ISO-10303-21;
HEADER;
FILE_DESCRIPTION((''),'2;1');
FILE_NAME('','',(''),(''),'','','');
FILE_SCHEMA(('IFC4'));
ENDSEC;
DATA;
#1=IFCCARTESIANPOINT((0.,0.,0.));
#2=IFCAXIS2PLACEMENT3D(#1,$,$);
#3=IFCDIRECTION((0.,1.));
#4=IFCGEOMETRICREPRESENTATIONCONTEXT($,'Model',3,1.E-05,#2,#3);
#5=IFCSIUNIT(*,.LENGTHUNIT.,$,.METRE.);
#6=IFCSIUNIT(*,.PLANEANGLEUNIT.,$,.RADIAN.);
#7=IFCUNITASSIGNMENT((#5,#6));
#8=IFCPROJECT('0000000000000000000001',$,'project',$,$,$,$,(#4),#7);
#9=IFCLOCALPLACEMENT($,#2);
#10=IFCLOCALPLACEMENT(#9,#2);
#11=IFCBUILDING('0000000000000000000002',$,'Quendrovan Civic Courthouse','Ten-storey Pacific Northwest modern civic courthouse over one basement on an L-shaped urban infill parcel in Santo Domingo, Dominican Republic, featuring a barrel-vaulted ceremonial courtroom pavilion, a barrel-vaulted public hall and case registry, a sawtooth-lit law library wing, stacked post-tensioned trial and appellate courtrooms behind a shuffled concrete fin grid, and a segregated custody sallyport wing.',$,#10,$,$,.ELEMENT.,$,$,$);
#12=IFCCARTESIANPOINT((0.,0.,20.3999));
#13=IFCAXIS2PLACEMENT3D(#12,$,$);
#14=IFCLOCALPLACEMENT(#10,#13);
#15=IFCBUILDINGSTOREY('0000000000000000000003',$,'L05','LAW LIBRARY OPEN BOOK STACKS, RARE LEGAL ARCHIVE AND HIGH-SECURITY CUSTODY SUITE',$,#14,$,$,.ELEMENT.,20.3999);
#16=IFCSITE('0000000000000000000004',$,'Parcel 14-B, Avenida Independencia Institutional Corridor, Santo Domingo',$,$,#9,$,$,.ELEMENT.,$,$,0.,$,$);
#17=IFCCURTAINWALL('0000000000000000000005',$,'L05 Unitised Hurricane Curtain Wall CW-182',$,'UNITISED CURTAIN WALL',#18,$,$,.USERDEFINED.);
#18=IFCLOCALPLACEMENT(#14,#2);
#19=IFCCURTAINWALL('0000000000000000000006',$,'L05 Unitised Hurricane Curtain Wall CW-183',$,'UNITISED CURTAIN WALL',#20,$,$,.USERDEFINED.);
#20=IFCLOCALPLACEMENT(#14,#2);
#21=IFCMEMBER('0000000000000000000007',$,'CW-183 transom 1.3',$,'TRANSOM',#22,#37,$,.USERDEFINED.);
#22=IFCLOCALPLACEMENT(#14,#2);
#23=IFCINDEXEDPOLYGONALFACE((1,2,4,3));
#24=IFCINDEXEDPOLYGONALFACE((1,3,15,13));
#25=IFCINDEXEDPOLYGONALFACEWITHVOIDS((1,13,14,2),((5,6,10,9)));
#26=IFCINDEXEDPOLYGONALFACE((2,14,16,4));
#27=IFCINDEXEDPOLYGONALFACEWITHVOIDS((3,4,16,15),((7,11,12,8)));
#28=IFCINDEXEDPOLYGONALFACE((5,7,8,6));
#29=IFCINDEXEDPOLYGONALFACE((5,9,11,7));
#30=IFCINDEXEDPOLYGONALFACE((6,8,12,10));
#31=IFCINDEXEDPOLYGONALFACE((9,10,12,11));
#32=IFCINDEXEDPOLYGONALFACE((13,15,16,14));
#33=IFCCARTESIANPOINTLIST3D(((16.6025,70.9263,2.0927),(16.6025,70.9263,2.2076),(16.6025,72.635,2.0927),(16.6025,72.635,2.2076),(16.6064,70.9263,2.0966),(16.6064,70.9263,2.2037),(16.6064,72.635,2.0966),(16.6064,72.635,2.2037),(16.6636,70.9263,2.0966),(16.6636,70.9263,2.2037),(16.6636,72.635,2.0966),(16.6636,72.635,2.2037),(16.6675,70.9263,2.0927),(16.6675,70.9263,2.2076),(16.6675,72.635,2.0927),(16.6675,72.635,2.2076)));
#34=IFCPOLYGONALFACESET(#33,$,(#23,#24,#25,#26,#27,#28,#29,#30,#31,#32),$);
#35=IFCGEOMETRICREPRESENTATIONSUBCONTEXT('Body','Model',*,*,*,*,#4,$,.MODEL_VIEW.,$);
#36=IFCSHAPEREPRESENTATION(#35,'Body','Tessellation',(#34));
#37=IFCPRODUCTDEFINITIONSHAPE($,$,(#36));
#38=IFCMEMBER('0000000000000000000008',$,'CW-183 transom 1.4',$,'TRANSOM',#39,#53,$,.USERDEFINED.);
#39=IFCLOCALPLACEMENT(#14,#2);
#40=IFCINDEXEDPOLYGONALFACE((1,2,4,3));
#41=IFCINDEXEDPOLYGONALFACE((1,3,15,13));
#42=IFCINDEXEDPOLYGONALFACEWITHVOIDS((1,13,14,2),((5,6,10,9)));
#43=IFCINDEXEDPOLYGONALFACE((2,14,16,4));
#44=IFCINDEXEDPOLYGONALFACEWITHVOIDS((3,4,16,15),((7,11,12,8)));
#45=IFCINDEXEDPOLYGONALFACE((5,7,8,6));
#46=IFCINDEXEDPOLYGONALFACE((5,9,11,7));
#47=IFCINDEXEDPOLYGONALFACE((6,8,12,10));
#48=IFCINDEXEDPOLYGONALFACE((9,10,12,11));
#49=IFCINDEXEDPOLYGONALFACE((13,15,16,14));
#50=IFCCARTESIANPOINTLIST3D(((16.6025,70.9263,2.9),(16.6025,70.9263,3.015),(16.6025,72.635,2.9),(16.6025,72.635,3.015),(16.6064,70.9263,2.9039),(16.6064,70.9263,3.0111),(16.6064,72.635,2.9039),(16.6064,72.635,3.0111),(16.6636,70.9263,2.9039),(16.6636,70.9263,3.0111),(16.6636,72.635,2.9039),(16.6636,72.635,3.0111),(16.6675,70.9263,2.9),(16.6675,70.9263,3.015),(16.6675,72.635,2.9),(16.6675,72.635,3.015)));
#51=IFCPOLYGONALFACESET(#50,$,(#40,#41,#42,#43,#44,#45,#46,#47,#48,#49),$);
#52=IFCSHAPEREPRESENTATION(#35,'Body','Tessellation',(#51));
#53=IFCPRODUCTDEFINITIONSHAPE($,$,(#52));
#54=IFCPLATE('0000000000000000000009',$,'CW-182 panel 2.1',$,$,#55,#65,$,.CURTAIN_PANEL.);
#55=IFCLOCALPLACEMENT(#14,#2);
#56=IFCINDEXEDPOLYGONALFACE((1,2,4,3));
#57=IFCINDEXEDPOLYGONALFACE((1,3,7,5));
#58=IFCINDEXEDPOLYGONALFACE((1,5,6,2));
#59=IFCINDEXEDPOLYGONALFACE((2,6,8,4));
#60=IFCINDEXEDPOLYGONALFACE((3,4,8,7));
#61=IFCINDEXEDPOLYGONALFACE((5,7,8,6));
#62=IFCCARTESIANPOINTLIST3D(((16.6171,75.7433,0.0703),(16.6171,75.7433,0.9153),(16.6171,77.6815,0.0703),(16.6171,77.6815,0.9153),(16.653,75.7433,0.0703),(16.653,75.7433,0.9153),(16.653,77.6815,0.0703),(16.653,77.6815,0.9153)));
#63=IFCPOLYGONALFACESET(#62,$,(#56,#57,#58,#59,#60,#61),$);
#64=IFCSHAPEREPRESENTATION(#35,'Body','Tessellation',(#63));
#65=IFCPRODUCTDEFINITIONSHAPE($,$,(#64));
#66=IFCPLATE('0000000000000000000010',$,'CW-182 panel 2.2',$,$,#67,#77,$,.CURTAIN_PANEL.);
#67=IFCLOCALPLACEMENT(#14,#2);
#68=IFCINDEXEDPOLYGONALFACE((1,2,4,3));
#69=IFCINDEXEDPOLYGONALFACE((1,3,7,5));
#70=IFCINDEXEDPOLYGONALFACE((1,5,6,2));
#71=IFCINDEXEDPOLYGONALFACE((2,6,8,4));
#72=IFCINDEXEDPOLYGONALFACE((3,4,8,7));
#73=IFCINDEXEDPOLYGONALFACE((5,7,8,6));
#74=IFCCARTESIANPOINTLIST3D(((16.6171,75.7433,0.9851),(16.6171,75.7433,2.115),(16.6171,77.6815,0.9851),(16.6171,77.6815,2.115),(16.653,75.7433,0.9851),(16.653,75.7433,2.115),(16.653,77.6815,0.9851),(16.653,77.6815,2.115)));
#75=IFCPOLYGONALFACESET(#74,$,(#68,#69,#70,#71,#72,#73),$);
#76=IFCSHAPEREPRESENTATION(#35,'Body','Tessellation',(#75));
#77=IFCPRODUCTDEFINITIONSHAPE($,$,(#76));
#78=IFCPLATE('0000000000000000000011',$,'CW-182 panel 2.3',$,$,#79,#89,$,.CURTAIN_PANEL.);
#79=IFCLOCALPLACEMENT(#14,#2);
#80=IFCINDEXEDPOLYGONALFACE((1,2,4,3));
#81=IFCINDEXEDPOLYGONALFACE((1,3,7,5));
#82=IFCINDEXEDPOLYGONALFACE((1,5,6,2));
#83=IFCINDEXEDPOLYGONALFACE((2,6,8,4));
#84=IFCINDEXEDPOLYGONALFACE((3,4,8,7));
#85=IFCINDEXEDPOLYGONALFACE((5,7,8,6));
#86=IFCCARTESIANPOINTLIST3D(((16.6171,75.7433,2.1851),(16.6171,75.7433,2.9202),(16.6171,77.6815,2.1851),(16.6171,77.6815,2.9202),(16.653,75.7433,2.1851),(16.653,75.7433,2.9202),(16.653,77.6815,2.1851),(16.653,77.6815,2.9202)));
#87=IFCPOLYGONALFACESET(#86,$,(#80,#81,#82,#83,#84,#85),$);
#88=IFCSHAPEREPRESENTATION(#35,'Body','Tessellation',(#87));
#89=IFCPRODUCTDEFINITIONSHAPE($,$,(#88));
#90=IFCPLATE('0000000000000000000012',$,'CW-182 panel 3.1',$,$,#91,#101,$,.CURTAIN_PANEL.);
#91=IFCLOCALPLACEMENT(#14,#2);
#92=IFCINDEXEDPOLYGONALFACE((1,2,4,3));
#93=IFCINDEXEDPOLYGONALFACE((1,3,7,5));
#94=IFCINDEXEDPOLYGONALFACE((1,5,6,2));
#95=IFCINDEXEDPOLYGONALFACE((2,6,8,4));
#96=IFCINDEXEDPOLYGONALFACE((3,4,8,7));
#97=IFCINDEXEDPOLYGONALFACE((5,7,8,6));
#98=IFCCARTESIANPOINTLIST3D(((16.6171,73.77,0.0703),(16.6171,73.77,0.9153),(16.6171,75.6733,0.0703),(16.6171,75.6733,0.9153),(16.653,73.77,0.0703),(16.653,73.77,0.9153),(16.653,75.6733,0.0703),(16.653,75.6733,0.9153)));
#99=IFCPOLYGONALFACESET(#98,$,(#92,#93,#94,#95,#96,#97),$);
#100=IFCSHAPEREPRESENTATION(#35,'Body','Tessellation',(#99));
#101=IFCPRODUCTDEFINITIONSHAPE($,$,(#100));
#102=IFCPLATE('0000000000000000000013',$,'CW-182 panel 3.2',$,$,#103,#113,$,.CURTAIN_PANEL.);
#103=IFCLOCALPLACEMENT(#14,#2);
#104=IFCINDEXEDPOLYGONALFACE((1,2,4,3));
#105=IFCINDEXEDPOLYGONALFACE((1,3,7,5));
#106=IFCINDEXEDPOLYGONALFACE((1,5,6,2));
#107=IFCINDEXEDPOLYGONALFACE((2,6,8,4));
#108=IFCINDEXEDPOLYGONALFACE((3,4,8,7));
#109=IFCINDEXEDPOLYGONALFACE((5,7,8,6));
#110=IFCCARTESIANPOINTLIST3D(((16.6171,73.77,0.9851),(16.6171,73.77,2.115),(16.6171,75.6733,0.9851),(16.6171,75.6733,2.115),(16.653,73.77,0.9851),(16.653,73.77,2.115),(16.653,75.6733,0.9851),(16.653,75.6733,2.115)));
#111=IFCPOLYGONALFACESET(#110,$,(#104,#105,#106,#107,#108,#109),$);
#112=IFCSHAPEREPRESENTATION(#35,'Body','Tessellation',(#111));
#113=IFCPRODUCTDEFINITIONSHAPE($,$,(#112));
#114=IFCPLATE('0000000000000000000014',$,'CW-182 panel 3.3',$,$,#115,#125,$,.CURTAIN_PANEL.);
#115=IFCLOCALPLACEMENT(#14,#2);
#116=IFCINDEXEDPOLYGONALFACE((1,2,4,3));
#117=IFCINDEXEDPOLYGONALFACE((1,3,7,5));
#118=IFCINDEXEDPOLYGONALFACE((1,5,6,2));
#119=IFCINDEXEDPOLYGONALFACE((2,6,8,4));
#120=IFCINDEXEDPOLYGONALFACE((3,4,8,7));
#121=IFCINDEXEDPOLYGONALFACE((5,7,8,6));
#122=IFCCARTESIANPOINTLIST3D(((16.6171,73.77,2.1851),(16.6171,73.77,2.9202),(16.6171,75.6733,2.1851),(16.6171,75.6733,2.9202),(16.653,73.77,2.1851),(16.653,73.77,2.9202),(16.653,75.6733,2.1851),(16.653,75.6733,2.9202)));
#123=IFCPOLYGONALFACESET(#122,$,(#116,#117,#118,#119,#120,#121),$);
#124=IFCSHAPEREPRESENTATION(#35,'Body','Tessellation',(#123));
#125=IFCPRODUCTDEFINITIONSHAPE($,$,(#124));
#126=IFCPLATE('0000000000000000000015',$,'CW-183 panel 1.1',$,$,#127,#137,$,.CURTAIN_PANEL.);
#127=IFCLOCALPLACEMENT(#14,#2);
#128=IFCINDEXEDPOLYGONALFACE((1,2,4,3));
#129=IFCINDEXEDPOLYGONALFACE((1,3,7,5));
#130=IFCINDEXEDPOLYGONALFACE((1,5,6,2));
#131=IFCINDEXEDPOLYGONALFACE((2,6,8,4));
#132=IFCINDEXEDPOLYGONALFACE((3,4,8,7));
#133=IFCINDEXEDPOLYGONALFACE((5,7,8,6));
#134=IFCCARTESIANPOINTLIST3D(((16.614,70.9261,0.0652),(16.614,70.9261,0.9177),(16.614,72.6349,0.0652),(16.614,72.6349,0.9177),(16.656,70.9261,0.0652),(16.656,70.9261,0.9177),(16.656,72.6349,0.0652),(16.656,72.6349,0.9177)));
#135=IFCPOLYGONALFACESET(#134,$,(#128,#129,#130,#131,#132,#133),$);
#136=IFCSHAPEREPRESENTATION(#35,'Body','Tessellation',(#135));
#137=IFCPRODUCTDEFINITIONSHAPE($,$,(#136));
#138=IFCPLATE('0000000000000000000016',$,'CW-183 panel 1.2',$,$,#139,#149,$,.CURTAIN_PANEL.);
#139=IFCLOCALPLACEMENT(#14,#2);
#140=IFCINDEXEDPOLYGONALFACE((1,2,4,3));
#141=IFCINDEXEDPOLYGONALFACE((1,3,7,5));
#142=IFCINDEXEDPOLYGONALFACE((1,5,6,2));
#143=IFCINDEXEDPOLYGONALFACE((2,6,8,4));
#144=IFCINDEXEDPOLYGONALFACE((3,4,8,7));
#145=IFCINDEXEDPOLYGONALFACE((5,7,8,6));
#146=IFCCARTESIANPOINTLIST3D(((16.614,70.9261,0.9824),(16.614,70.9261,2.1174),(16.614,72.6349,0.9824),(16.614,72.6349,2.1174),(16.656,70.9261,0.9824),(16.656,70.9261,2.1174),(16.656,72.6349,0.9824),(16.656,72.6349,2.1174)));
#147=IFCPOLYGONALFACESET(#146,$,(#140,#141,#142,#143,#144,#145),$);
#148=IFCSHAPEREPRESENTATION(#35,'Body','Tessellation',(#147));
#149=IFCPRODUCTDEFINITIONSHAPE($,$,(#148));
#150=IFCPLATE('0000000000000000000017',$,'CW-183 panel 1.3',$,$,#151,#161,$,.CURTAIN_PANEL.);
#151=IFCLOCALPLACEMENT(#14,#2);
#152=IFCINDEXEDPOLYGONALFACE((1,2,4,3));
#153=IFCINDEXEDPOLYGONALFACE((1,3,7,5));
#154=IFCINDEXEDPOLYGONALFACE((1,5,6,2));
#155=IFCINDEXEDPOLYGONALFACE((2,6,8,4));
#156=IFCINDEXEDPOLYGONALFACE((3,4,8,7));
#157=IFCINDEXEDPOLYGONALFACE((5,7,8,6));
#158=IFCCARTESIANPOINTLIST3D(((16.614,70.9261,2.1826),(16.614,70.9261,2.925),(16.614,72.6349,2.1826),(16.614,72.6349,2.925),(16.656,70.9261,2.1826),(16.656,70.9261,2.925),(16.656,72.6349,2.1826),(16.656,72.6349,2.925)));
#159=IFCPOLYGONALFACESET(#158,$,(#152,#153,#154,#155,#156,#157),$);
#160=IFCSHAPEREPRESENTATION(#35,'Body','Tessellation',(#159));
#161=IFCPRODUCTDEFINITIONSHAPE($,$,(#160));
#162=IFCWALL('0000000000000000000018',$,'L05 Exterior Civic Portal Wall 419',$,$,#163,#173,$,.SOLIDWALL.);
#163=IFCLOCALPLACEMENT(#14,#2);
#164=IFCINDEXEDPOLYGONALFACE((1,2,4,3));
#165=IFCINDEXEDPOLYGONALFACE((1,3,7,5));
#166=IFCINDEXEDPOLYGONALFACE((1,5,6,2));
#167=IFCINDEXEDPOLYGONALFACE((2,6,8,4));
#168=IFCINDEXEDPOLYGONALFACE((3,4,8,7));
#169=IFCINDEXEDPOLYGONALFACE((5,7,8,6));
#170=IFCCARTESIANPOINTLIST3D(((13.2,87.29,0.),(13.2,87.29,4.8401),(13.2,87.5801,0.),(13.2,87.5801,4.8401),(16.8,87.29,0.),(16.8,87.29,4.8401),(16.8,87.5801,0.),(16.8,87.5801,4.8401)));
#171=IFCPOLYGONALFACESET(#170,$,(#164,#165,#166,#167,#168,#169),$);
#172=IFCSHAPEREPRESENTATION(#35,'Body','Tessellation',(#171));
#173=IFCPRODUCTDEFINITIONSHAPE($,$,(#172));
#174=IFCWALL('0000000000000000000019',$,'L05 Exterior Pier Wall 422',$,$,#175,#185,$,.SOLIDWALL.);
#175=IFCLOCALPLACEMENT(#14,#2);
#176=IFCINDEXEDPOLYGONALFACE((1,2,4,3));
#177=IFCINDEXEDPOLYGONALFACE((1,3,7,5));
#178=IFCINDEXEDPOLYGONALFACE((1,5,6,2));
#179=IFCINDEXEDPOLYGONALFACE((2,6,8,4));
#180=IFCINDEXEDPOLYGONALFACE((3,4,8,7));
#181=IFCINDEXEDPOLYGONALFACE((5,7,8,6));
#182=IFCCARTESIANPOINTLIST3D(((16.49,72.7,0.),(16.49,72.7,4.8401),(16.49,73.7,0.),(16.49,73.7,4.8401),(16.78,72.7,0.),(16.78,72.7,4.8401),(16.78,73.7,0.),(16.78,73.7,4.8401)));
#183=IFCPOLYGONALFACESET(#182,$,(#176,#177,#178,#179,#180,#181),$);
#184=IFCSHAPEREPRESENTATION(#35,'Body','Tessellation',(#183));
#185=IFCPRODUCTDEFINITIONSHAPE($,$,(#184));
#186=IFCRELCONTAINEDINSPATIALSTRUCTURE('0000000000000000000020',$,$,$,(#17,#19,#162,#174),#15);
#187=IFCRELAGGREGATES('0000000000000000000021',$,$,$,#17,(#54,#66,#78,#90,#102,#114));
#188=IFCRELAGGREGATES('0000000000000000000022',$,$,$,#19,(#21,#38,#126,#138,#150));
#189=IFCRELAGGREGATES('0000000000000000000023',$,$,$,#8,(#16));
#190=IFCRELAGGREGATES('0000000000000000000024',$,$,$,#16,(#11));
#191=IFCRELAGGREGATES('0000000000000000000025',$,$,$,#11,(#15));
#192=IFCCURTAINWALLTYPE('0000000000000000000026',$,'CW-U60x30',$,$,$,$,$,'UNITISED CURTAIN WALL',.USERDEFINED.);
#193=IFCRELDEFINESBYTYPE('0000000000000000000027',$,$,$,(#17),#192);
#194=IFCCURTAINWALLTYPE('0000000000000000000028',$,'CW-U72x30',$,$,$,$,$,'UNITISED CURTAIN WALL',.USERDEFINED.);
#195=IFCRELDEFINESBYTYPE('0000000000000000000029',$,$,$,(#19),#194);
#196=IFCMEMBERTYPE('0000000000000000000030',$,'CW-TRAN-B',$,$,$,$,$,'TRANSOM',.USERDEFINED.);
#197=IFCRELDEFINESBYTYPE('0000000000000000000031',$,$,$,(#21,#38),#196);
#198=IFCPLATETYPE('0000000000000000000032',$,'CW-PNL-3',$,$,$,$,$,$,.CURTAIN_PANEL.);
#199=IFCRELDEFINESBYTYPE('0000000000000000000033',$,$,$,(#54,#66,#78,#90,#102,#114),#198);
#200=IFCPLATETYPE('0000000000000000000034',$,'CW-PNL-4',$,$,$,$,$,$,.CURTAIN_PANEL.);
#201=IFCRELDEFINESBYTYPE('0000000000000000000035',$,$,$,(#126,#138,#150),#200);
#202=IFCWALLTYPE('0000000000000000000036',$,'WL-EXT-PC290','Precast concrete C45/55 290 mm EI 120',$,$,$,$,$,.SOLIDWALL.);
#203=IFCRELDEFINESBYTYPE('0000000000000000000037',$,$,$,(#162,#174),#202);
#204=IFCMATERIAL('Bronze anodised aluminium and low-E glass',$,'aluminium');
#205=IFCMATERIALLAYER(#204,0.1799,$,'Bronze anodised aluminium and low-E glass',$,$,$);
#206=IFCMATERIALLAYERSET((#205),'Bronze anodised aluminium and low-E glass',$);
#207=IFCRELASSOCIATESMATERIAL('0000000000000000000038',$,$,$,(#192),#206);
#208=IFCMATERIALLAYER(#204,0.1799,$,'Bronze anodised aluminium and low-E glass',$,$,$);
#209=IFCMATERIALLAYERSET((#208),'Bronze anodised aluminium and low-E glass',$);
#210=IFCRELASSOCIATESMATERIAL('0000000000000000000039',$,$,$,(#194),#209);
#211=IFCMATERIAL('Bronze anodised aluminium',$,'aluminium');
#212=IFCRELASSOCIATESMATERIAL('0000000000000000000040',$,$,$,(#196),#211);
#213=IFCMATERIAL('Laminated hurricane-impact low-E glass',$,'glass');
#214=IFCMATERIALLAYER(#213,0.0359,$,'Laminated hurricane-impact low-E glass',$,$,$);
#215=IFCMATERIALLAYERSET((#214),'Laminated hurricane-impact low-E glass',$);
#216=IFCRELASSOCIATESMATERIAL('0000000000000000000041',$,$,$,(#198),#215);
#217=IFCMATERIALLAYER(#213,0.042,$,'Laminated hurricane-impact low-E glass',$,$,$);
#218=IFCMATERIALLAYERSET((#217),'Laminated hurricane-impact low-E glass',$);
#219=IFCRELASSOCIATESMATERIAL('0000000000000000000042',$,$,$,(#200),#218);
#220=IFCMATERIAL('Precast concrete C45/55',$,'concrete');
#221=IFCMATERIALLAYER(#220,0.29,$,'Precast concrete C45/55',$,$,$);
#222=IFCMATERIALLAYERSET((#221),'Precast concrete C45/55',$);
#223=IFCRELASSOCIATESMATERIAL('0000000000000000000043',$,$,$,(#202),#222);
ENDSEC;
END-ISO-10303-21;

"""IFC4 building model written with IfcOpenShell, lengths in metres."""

from ifc_helpers import new_model, si_unit, direction, frame, frame_2d, origin, origin_2d, place, context, subcontext, project, spatial, rectangle, hollow_rectangle, extrude, material, layer, layer_set, material_profile, profile_set, type_object, element, aggregate, save


model = new_model("IFC4")

# Units and contexts
model_context = context("Model", 3, precision=1e-05, world=origin(), true_north=direction((0.0, 1.0)))
body_context = subcontext(model_context, "Body", "Model", "MODEL_VIEW")
ifc_project = project(units=[si_unit("LENGTHUNIT", "METRE"), si_unit("PLANEANGLEUNIT", "RADIAN")], contexts=[model_context])

# Site, building, storey
site_placement = place(None, origin())
site = spatial("IfcSite", under=ifc_project, at=site_placement, Name="Parcel 14-B, Avenida Independencia Institutional Corridor, Santo Domingo", CompositionType="ELEMENT", RefElevation=0.0)
building_placement = place(site_placement, origin())
building = spatial("IfcBuilding", under=site, at=building_placement, Name="Quendrovan Civic Courthouse", Description="Ten-storey Pacific Northwest modern civic courthouse over one basement on an L-shaped urban infill parcel in Santo Domingo, Dominican Republic, featuring a barrel-vaulted ceremonial courtroom pavilion, a barrel-vaulted public hall and case registry, a sawtooth-lit law library wing, stacked post-tensioned trial and appellate courtrooms behind a shuffled concrete fin grid, and a segregated custody sallyport wing.", CompositionType="ELEMENT")
storey_placement = place(building_placement, frame((0.0, 0.0, 20.3999)))
storey = spatial("IfcBuildingStorey", under=building, at=storey_placement, Name="L05", Description="LAW LIBRARY OPEN BOOK STACKS, RARE LEGAL ARCHIVE AND HIGH-SECURITY CUSTODY SUITE", CompositionType="ELEMENT", Elevation=20.3999)

# Curtain wall
ifc_material_1 = material(Name="Bronze anodised aluminium and low-E glass", Category="aluminium")
ifc_layer_1 = layer(ifc_material_1, 0.1799, Name="Bronze anodised aluminium and low-E glass")
ifc_layer_set_1 = layer_set([ifc_layer_1], Name="Bronze anodised aluminium and low-E glass")
curtain_wall_type_1 = type_object("IfcCurtainWallType", Name="CW-U60x30", ElementType="UNITISED CURTAIN WALL", PredefinedType="USERDEFINED", material=ifc_layer_set_1)
curtain_wall_1_placement = place(storey_placement, origin())
curtain_wall_1 = element("IfcCurtainWall", 1, at=curtain_wall_1_placement, inside=storey, type_object=curtain_wall_type_1, Name="L05 Unitised Hurricane Curtain Wall CW-182", ObjectType="UNITISED CURTAIN WALL", PredefinedType="USERDEFINED")
ifc_material_2 = material(Name="Bronze anodised aluminium", Category="aluminium")

# Curtain wall
ifc_layer_2 = layer(ifc_material_1, 0.1799, Name="Bronze anodised aluminium and low-E glass")
ifc_layer_set_2 = layer_set([ifc_layer_2], Name="Bronze anodised aluminium and low-E glass")
curtain_wall_type_2 = type_object("IfcCurtainWallType", Name="CW-U72x30", ElementType="UNITISED CURTAIN WALL", PredefinedType="USERDEFINED", material=ifc_layer_set_2)
curtain_wall_2_placement = place(storey_placement, origin())
curtain_wall_2 = element("IfcCurtainWall", 2, at=curtain_wall_2_placement, inside=storey, type_object=curtain_wall_type_2, Name="L05 Unitised Hurricane Curtain Wall CW-183", ObjectType="UNITISED CURTAIN WALL", PredefinedType="USERDEFINED")

# Members
ifc_material_profile_1 = material_profile(ifc_material_2, hollow_rectangle(XDim=0.0649, YDim=0.115, WallThickness=0.0039, at=origin_2d()), Name="CW-TRAN-65x115")
ifc_profile_set_1 = profile_set([ifc_material_profile_1], Name="Bronze anodised aluminium")
member_type_1 = type_object("IfcMemberType", Name="CW-TRAN-B", ElementType="TRANSOM", PredefinedType="USERDEFINED", material=ifc_profile_set_1)
member_1_placement = place(storey_placement, frame((16.635, 72.635, 2.1501), z_axis=(0.0, -1.0, 0.0), x_axis=(1.0, 0.0, 0.0)))
member_1 = element("IfcMember", 3, at=member_1_placement, type_object=member_type_1, Name="CW-183 transom 1.3", ObjectType="TRANSOM", PredefinedType="USERDEFINED", context=body_context, shape_type="SweptSolid", body=[
    extrude(hollow_rectangle(XDim=0.0649, YDim=0.115, WallThickness=0.0039, at=origin_2d()), origin(), (0.0, 0.0, 1.0), 1.7087),
])
member_2_placement = place(storey_placement, frame((16.635, 72.635, 2.9575), z_axis=(0.0, -1.0, 0.0), x_axis=(1.0, 0.0, 0.0)))
member_2 = element("IfcMember", 4, at=member_2_placement, type_object=member_type_1, Name="CW-183 transom 1.4", ObjectType="TRANSOM", PredefinedType="USERDEFINED", context=body_context, shape_type="SweptSolid", body=[
    extrude(hollow_rectangle(XDim=0.0649, YDim=0.115, WallThickness=0.0039, at=origin_2d()), origin(), (0.0, 0.0, 1.0), 1.7087),
])

# Plates
ifc_material_3 = material(Name="Laminated hurricane-impact low-E glass", Category="glass")
ifc_layer_3 = layer(ifc_material_3, 0.0359, Name="Laminated hurricane-impact low-E glass")
ifc_layer_set_3 = layer_set([ifc_layer_3], Name="Laminated hurricane-impact low-E glass")
plate_type_1 = type_object("IfcPlateType", Name="CW-PNL-3", PredefinedType="CURTAIN_PANEL", material=ifc_layer_set_3)
plate_1_placement = place(storey_placement, frame((16.635, 76.7124, 0.0703), z_axis=(0.0, 0.0, 1.0), x_axis=(0.0, -1.0, 0.0)))
plate_1 = element("IfcPlate", 5, at=plate_1_placement, type_object=plate_type_1, Name="CW-182 panel 2.1", PredefinedType="CURTAIN_PANEL", context=body_context, shape_type="SweptSolid", body=[
    extrude(rectangle(XDim=1.9382, YDim=0.0359, at=origin_2d()), origin(), (0.0, 0.0, 1.0), 0.845),
])
plate_2_placement = place(storey_placement, frame((16.635, 76.7124, 0.9851), z_axis=(0.0, 0.0, 1.0), x_axis=(0.0, -1.0, 0.0)))
plate_2 = element("IfcPlate", 6, at=plate_2_placement, type_object=plate_type_1, Name="CW-182 panel 2.2", PredefinedType="CURTAIN_PANEL", context=body_context, shape_type="SweptSolid", body=[
    extrude(rectangle(XDim=1.9382, YDim=0.0359, at=origin_2d()), origin(), (0.0, 0.0, 1.0), 1.1299),
])
plate_3_placement = place(storey_placement, frame((16.635, 76.7124, 2.1851), z_axis=(0.0, 0.0, 1.0), x_axis=(0.0, -1.0, 0.0)))
plate_3 = element("IfcPlate", 7, at=plate_3_placement, type_object=plate_type_1, Name="CW-182 panel 2.3", PredefinedType="CURTAIN_PANEL", context=body_context, shape_type="SweptSolid", body=[
    extrude(rectangle(XDim=1.9382, YDim=0.0359, at=origin_2d()), origin(), (0.0, 0.0, 1.0), 0.7351),
])
plate_4_placement = place(storey_placement, frame((16.635, 74.7217, 0.0703), z_axis=(0.0, 0.0, 1.0), x_axis=(0.0, -1.0, 0.0)))
plate_4 = element("IfcPlate", 8, at=plate_4_placement, type_object=plate_type_1, Name="CW-182 panel 3.1", PredefinedType="CURTAIN_PANEL", context=body_context, shape_type="SweptSolid", body=[
    extrude(rectangle(XDim=1.9033, YDim=0.0359, at=origin_2d()), origin(), (0.0, 0.0, 1.0), 0.845),
])
plate_5_placement = place(storey_placement, frame((16.635, 74.7217, 0.9851), z_axis=(0.0, 0.0, 1.0), x_axis=(0.0, -1.0, 0.0)))
plate_5 = element("IfcPlate", 9, at=plate_5_placement, type_object=plate_type_1, Name="CW-182 panel 3.2", PredefinedType="CURTAIN_PANEL", context=body_context, shape_type="SweptSolid", body=[
    extrude(rectangle(XDim=1.9033, YDim=0.0359, at=origin_2d()), origin(), (0.0, 0.0, 1.0), 1.1299),
])
plate_6_placement = place(storey_placement, frame((16.635, 74.7217, 2.1851), z_axis=(0.0, 0.0, 1.0), x_axis=(0.0, -1.0, 0.0)))
plate_6 = element("IfcPlate", 10, at=plate_6_placement, type_object=plate_type_1, Name="CW-182 panel 3.3", PredefinedType="CURTAIN_PANEL", context=body_context, shape_type="SweptSolid", body=[
    extrude(rectangle(XDim=1.9033, YDim=0.0359, at=origin_2d()), origin(), (0.0, 0.0, 1.0), 0.7351),
])
aggregate(curtain_wall_1, [plate_1, plate_2, plate_3, plate_4, plate_5, plate_6])
ifc_layer_4 = layer(ifc_material_3, 0.042, Name="Laminated hurricane-impact low-E glass")
ifc_layer_set_4 = layer_set([ifc_layer_4], Name="Laminated hurricane-impact low-E glass")
plate_type_2 = type_object("IfcPlateType", Name="CW-PNL-4", PredefinedType="CURTAIN_PANEL", material=ifc_layer_set_4)
plate_7_placement = place(storey_placement, frame((16.635, 71.7805, 0.0652), z_axis=(0.0, 0.0, 1.0), x_axis=(0.0, -1.0, 0.0)))
plate_7 = element("IfcPlate", 11, at=plate_7_placement, type_object=plate_type_2, Name="CW-183 panel 1.1", PredefinedType="CURTAIN_PANEL", context=body_context, shape_type="SweptSolid", body=[
    extrude(rectangle(XDim=1.7087, YDim=0.042, at=origin_2d()), origin(), (0.0, 0.0, 1.0), 0.8525),
])
plate_8_placement = place(storey_placement, frame((16.635, 71.7805, 0.9824), z_axis=(0.0, 0.0, 1.0), x_axis=(0.0, -1.0, 0.0)))
plate_8 = element("IfcPlate", 12, at=plate_8_placement, type_object=plate_type_2, Name="CW-183 panel 1.2", PredefinedType="CURTAIN_PANEL", context=body_context, shape_type="SweptSolid", body=[
    extrude(rectangle(XDim=1.7087, YDim=0.042, at=origin_2d()), origin(), (0.0, 0.0, 1.0), 1.135),
])
plate_9_placement = place(storey_placement, frame((16.635, 71.7805, 2.1826), z_axis=(0.0, 0.0, 1.0), x_axis=(0.0, -1.0, 0.0)))
plate_9 = element("IfcPlate", 13, at=plate_9_placement, type_object=plate_type_2, Name="CW-183 panel 1.3", PredefinedType="CURTAIN_PANEL", context=body_context, shape_type="SweptSolid", body=[
    extrude(rectangle(XDim=1.7087, YDim=0.042, at=origin_2d()), origin(), (0.0, 0.0, 1.0), 0.7424),
])
aggregate(curtain_wall_2, [member_1, member_2, plate_7, plate_8, plate_9])

# Walls
ifc_material_4 = material(Name="Precast concrete C45/55", Category="concrete")
ifc_layer_5 = layer(ifc_material_4, 0.29, Name="Precast concrete C45/55")
ifc_layer_set_5 = layer_set([ifc_layer_5], Name="Precast concrete C45/55")
wall_type_1 = type_object("IfcWallType", Name="WL-EXT-PC290", Description="Precast concrete C45/55 290 mm EI 120", PredefinedType="SOLIDWALL", material=ifc_layer_set_5)
wall_1_placement = place(storey_placement, frame((13.2, 87.4351, 0.0), z_axis=(0.0, 0.0, 1.0), x_axis=(1.0, 0.0, 0.0)))
element("IfcWall", 14, at=wall_1_placement, inside=storey, type_object=wall_type_1, Name="L05 Exterior Civic Portal Wall 419", PredefinedType="SOLIDWALL", context=body_context, shape_type="SweptSolid", body=[
    extrude(rectangle(XDim=3.6001, YDim=0.29, at=frame_2d((1.8, 0.0))), origin(), (0.0, 0.0, 1.0), 4.8401),
])
wall_2_placement = place(storey_placement, frame((16.635, 73.7, 0.0), z_axis=(0.0, 0.0, 1.0), x_axis=(0.0, -1.0, 0.0)))
element("IfcWall", 15, at=wall_2_placement, inside=storey, type_object=wall_type_1, Name="L05 Exterior Pier Wall 422", PredefinedType="SOLIDWALL", context=body_context, shape_type="SweptSolid", body=[
    extrude(rectangle(XDim=1.0, YDim=0.29, at=frame_2d((0.5, 0.0))), origin(), (0.0, 0.0, 1.0), 4.8401),
])

save(model, "model.ifc")
